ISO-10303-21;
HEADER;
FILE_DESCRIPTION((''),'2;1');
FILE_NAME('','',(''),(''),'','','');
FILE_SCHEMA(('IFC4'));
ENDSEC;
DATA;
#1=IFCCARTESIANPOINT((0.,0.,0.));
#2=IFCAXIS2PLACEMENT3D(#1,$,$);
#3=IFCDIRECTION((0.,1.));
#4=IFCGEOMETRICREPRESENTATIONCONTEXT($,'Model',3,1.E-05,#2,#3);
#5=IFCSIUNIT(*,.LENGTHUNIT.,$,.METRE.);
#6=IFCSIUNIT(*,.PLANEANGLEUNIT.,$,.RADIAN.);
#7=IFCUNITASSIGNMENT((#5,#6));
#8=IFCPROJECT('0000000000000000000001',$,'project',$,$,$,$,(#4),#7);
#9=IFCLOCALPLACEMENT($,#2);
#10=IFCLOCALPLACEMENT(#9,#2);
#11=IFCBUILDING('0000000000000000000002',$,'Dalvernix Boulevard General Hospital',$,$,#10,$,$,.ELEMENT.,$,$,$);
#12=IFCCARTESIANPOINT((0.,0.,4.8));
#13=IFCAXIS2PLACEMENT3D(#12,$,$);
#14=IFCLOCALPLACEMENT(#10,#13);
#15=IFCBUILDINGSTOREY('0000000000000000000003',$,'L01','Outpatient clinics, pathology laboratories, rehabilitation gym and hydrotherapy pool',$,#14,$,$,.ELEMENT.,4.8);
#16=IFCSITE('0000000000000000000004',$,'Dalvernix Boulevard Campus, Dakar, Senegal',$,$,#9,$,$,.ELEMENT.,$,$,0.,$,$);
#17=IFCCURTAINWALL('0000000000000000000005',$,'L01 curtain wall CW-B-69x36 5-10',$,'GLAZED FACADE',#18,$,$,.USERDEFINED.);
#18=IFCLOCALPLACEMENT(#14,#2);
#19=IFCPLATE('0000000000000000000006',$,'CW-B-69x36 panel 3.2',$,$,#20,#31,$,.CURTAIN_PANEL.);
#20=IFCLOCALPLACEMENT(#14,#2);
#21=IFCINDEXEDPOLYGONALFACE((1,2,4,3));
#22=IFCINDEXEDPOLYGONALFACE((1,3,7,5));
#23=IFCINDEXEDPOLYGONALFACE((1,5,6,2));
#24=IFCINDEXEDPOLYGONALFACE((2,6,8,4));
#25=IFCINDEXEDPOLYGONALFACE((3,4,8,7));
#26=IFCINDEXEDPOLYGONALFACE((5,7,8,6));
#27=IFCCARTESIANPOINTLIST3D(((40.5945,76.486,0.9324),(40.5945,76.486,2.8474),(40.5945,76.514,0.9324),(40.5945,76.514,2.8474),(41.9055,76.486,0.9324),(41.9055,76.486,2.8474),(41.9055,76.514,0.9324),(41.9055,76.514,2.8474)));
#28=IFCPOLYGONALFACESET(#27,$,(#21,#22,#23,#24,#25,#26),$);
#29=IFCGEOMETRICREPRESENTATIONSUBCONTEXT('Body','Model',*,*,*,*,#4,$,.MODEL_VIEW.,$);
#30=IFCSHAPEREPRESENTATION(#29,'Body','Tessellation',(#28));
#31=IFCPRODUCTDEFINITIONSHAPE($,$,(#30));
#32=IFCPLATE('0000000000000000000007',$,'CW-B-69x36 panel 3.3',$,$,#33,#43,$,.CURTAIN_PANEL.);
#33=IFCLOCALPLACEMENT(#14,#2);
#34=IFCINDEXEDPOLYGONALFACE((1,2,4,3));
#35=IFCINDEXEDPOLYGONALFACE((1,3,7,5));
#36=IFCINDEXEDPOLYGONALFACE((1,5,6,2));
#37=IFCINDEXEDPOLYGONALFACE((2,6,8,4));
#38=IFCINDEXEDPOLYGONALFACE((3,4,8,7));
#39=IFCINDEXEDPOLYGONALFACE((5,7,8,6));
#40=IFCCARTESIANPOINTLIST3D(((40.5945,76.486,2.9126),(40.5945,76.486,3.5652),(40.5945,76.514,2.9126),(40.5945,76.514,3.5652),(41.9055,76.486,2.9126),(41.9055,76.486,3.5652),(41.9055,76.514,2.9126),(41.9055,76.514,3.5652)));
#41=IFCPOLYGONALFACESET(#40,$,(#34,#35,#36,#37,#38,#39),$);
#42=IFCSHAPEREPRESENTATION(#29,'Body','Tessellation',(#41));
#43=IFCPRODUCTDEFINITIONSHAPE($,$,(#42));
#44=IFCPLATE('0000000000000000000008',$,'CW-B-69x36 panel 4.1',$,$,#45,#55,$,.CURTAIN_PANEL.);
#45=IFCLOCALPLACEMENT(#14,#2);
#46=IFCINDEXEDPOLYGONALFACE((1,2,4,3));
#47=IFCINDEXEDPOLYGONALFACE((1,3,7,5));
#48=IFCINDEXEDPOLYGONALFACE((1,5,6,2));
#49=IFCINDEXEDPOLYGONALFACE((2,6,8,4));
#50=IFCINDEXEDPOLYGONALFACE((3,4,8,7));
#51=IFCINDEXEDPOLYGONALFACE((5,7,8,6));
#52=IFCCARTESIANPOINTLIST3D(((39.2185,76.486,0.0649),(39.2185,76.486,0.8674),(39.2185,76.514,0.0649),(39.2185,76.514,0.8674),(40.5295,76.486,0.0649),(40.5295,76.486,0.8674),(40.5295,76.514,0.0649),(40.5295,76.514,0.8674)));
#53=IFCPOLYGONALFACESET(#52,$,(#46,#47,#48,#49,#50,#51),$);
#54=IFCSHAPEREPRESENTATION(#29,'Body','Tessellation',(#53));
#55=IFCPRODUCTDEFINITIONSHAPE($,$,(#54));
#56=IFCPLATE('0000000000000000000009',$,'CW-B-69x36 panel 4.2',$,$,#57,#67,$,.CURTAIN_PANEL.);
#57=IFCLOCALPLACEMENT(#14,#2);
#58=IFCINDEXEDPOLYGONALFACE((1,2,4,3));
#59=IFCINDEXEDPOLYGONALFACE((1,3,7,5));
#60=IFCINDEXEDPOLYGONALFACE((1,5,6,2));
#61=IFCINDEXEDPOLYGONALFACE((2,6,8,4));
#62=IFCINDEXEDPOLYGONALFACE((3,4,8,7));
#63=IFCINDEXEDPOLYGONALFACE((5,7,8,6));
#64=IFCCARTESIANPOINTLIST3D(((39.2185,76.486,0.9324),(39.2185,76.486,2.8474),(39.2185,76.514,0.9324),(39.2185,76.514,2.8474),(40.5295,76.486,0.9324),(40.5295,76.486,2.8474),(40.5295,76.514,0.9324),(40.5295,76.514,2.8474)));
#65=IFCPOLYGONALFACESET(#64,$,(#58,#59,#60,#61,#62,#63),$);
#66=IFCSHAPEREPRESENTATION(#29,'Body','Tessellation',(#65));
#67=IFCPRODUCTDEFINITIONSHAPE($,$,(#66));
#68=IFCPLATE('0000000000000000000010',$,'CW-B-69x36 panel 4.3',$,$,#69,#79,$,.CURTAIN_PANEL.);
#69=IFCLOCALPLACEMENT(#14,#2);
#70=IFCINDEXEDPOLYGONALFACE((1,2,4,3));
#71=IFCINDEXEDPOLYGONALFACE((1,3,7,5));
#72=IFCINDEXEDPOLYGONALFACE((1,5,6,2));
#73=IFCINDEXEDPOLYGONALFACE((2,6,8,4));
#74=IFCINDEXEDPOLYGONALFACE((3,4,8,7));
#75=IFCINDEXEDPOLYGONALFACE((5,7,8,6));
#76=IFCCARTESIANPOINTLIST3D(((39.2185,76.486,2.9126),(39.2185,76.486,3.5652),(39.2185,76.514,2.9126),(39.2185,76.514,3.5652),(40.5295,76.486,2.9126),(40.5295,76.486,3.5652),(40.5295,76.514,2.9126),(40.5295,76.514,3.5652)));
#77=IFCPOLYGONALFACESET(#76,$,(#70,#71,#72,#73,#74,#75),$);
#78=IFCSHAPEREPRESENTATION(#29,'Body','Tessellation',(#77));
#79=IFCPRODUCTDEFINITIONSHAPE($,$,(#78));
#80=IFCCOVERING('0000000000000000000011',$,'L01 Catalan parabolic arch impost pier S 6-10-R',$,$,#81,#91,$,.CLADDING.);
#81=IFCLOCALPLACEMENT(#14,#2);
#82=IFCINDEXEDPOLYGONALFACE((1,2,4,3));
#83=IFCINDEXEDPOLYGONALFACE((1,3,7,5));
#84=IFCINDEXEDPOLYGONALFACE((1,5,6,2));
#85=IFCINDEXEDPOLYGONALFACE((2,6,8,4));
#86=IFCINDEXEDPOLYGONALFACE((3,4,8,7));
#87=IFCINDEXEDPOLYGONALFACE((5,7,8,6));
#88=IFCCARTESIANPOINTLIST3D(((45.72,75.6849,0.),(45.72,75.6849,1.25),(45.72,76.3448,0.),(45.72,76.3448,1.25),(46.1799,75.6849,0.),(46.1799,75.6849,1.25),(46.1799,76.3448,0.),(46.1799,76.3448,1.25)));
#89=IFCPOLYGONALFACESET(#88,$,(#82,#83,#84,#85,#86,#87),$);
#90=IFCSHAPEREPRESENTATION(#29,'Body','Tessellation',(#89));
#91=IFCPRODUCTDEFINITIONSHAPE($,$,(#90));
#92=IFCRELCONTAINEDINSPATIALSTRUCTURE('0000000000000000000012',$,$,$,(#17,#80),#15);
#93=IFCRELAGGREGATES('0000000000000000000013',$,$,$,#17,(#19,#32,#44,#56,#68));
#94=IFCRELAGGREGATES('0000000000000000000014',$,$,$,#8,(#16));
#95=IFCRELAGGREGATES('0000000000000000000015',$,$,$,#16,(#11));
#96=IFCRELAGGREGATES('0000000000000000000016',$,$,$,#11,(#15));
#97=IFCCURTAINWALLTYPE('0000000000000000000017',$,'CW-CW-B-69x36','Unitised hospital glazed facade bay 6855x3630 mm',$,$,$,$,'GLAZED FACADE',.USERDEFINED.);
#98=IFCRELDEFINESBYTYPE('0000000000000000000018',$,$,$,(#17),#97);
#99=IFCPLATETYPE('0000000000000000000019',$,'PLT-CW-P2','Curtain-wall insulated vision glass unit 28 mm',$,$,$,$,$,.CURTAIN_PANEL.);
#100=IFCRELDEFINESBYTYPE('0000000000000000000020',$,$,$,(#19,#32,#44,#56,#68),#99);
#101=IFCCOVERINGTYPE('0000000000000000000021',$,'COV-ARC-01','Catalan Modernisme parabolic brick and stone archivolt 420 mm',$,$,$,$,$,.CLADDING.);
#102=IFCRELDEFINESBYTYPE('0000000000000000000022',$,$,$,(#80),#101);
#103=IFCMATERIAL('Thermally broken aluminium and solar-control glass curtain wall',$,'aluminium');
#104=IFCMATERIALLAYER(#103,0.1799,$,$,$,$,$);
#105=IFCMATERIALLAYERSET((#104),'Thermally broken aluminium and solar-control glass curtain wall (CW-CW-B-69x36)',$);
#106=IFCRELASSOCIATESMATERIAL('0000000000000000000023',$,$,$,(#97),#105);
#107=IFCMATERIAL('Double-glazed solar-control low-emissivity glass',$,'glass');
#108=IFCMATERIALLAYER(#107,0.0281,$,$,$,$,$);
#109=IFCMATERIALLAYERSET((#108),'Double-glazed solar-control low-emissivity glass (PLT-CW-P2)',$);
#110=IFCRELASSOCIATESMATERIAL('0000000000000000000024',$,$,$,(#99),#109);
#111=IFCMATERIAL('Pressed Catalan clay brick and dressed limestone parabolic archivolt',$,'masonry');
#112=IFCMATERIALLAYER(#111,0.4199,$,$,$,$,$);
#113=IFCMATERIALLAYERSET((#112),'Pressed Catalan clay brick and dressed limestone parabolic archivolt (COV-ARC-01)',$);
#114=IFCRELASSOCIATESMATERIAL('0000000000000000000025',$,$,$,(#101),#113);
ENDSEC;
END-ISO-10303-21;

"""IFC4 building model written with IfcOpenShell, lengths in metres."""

from ifc_helpers import new_model, si_unit, direction, frame, origin, origin_2d, place, context, subcontext, project, spatial, rectangle, extrude, material, layer, layer_set, type_object, element, aggregate, save


model = new_model("IFC4")

# Units and contexts
model_context = context("Model", 3, precision=1e-05, world=origin(), true_north=direction((0.0, 1.0)))
body_context = subcontext(model_context, "Body", "Model", "MODEL_VIEW")
ifc_project = project(units=[si_unit("LENGTHUNIT", "METRE"), si_unit("PLANEANGLEUNIT", "RADIAN")], contexts=[model_context])

# Site, building, storey
site_placement = place(None, origin())
site = spatial("IfcSite", under=ifc_project, at=site_placement, Name="Dalvernix Boulevard Campus, Dakar, Senegal", CompositionType="ELEMENT", RefElevation=0.0)
building_placement = place(site_placement, origin())
building = spatial("IfcBuilding", under=site, at=building_placement, Name="Dalvernix Boulevard General Hospital", CompositionType="ELEMENT")
storey_placement = place(building_placement, frame((0.0, 0.0, 4.8)))
storey = spatial("IfcBuildingStorey", under=building, at=storey_placement, Name="L01", Description="Outpatient clinics, pathology laboratories, rehabilitation gym and hydrotherapy pool", CompositionType="ELEMENT", Elevation=4.8)

# Curtain wall, plates
ifc_material_1 = material(Name="Thermally broken aluminium and solar-control glass curtain wall", Category="aluminium")
ifc_layer_1 = layer(ifc_material_1, 0.1799)
ifc_layer_set_1 = layer_set([ifc_layer_1], Name="Thermally broken aluminium and solar-control glass curtain wall (CW-CW-B-69x36)")
curtain_wall_type = type_object("IfcCurtainWallType", Name="CW-CW-B-69x36", Description="Unitised hospital glazed facade bay 6855x3630 mm", ElementType="GLAZED FACADE", PredefinedType="USERDEFINED", material=ifc_layer_set_1)
curtain_wall_placement = place(storey_placement, origin())
curtain_wall = element("IfcCurtainWall", 1, at=curtain_wall_placement, inside=storey, type_object=curtain_wall_type, Name="L01 curtain wall CW-B-69x36 5-10", ObjectType="GLAZED FACADE", PredefinedType="USERDEFINED")
ifc_material_2 = material(Name="Double-glazed solar-control low-emissivity glass", Category="glass")
ifc_layer_2 = layer(ifc_material_2, 0.0281)
ifc_layer_set_2 = layer_set([ifc_layer_2], Name="Double-glazed solar-control low-emissivity glass (PLT-CW-P2)")
plate_type = type_object("IfcPlateType", Name="PLT-CW-P2", Description="Curtain-wall insulated vision glass unit 28 mm", PredefinedType="CURTAIN_PANEL", material=ifc_layer_set_2)
plate_1_placement = place(storey_placement, frame((41.25, 76.5, 0.9324), z_axis=(0.0, 0.0, 1.0), x_axis=(-1.0, 0.0, 0.0)))
plate_1 = element("IfcPlate", 2, at=plate_1_placement, type_object=plate_type, Name="CW-B-69x36 panel 3.2", PredefinedType="CURTAIN_PANEL", context=body_context, shape_type="SweptSolid", body=[
    extrude(rectangle(XDim=1.311, YDim=0.0281, at=origin_2d()), origin(), (0.0, 0.0, 1.0), 1.915),
])
plate_2_placement = place(storey_placement, frame((41.25, 76.5, 2.9126), z_axis=(0.0, 0.0, 1.0), x_axis=(-1.0, 0.0, 0.0)))
plate_2 = element("IfcPlate", 3, at=plate_2_placement, type_object=plate_type, Name="CW-B-69x36 panel 3.3", PredefinedType="CURTAIN_PANEL", context=body_context, shape_type="SweptSolid", body=[
    extrude(rectangle(XDim=1.311, YDim=0.0281, at=origin_2d()), origin(), (0.0, 0.0, 1.0), 0.6526),
])
plate_3_placement = place(storey_placement, frame((39.874, 76.5, 0.0649), z_axis=(0.0, 0.0, 1.0), x_axis=(-1.0, 0.0, 0.0)))
plate_3 = element("IfcPlate", 4, at=plate_3_placement, type_object=plate_type, Name="CW-B-69x36 panel 4.1", PredefinedType="CURTAIN_PANEL", context=body_context, shape_type="SweptSolid", body=[
    extrude(rectangle(XDim=1.311, YDim=0.0281, at=origin_2d()), origin(), (0.0, 0.0, 1.0), 0.8025),
])
plate_4_placement = place(storey_placement, frame((39.874, 76.5, 0.9324), z_axis=(0.0, 0.0, 1.0), x_axis=(-1.0, 0.0, 0.0)))
plate_4 = element("IfcPlate", 5, at=plate_4_placement, type_object=plate_type, Name="CW-B-69x36 panel 4.2", PredefinedType="CURTAIN_PANEL", context=body_context, shape_type="SweptSolid", body=[
    extrude(rectangle(XDim=1.311, YDim=0.0281, at=origin_2d()), origin(), (0.0, 0.0, 1.0), 1.915),
])
plate_5_placement = place(storey_placement, frame((39.874, 76.5, 2.9126), z_axis=(0.0, 0.0, 1.0), x_axis=(-1.0, 0.0, 0.0)))
plate_5 = element("IfcPlate", 6, at=plate_5_placement, type_object=plate_type, Name="CW-B-69x36 panel 4.3", PredefinedType="CURTAIN_PANEL", context=body_context, shape_type="SweptSolid", body=[
    extrude(rectangle(XDim=1.311, YDim=0.0281, at=origin_2d()), origin(), (0.0, 0.0, 1.0), 0.6526),
])
aggregate(curtain_wall, [plate_1, plate_2, plate_3, plate_4, plate_5])

# Covering
ifc_material_3 = material(Name="Pressed Catalan clay brick and dressed limestone parabolic archivolt", Category="masonry")
ifc_layer_3 = layer(ifc_material_3, 0.4199)
ifc_layer_set_3 = layer_set([ifc_layer_3], Name="Pressed Catalan clay brick and dressed limestone parabolic archivolt (COV-ARC-01)")
covering_type = type_object("IfcCoveringType", Name="COV-ARC-01", Description="Catalan Modernisme parabolic brick and stone archivolt 420 mm", PredefinedType="CLADDING", material=ifc_layer_set_3)
covering_placement = place(storey_placement, frame((45.95, 76.0149, 0.0), z_axis=(0.0, 0.0, 1.0), x_axis=(-1.0, 0.0, 0.0)))
element("IfcCovering", 7, at=covering_placement, inside=storey, type_object=covering_type, Name="L01 Catalan parabolic arch impost pier S 6-10-R", PredefinedType="CLADDING", context=body_context, shape_type="SweptSolid", body=[
    extrude(rectangle(XDim=0.46, YDim=0.6599, at=origin_2d()), origin(), (0.0, 0.0, 1.0), 1.25),
])

save(model, "model.ifc")
